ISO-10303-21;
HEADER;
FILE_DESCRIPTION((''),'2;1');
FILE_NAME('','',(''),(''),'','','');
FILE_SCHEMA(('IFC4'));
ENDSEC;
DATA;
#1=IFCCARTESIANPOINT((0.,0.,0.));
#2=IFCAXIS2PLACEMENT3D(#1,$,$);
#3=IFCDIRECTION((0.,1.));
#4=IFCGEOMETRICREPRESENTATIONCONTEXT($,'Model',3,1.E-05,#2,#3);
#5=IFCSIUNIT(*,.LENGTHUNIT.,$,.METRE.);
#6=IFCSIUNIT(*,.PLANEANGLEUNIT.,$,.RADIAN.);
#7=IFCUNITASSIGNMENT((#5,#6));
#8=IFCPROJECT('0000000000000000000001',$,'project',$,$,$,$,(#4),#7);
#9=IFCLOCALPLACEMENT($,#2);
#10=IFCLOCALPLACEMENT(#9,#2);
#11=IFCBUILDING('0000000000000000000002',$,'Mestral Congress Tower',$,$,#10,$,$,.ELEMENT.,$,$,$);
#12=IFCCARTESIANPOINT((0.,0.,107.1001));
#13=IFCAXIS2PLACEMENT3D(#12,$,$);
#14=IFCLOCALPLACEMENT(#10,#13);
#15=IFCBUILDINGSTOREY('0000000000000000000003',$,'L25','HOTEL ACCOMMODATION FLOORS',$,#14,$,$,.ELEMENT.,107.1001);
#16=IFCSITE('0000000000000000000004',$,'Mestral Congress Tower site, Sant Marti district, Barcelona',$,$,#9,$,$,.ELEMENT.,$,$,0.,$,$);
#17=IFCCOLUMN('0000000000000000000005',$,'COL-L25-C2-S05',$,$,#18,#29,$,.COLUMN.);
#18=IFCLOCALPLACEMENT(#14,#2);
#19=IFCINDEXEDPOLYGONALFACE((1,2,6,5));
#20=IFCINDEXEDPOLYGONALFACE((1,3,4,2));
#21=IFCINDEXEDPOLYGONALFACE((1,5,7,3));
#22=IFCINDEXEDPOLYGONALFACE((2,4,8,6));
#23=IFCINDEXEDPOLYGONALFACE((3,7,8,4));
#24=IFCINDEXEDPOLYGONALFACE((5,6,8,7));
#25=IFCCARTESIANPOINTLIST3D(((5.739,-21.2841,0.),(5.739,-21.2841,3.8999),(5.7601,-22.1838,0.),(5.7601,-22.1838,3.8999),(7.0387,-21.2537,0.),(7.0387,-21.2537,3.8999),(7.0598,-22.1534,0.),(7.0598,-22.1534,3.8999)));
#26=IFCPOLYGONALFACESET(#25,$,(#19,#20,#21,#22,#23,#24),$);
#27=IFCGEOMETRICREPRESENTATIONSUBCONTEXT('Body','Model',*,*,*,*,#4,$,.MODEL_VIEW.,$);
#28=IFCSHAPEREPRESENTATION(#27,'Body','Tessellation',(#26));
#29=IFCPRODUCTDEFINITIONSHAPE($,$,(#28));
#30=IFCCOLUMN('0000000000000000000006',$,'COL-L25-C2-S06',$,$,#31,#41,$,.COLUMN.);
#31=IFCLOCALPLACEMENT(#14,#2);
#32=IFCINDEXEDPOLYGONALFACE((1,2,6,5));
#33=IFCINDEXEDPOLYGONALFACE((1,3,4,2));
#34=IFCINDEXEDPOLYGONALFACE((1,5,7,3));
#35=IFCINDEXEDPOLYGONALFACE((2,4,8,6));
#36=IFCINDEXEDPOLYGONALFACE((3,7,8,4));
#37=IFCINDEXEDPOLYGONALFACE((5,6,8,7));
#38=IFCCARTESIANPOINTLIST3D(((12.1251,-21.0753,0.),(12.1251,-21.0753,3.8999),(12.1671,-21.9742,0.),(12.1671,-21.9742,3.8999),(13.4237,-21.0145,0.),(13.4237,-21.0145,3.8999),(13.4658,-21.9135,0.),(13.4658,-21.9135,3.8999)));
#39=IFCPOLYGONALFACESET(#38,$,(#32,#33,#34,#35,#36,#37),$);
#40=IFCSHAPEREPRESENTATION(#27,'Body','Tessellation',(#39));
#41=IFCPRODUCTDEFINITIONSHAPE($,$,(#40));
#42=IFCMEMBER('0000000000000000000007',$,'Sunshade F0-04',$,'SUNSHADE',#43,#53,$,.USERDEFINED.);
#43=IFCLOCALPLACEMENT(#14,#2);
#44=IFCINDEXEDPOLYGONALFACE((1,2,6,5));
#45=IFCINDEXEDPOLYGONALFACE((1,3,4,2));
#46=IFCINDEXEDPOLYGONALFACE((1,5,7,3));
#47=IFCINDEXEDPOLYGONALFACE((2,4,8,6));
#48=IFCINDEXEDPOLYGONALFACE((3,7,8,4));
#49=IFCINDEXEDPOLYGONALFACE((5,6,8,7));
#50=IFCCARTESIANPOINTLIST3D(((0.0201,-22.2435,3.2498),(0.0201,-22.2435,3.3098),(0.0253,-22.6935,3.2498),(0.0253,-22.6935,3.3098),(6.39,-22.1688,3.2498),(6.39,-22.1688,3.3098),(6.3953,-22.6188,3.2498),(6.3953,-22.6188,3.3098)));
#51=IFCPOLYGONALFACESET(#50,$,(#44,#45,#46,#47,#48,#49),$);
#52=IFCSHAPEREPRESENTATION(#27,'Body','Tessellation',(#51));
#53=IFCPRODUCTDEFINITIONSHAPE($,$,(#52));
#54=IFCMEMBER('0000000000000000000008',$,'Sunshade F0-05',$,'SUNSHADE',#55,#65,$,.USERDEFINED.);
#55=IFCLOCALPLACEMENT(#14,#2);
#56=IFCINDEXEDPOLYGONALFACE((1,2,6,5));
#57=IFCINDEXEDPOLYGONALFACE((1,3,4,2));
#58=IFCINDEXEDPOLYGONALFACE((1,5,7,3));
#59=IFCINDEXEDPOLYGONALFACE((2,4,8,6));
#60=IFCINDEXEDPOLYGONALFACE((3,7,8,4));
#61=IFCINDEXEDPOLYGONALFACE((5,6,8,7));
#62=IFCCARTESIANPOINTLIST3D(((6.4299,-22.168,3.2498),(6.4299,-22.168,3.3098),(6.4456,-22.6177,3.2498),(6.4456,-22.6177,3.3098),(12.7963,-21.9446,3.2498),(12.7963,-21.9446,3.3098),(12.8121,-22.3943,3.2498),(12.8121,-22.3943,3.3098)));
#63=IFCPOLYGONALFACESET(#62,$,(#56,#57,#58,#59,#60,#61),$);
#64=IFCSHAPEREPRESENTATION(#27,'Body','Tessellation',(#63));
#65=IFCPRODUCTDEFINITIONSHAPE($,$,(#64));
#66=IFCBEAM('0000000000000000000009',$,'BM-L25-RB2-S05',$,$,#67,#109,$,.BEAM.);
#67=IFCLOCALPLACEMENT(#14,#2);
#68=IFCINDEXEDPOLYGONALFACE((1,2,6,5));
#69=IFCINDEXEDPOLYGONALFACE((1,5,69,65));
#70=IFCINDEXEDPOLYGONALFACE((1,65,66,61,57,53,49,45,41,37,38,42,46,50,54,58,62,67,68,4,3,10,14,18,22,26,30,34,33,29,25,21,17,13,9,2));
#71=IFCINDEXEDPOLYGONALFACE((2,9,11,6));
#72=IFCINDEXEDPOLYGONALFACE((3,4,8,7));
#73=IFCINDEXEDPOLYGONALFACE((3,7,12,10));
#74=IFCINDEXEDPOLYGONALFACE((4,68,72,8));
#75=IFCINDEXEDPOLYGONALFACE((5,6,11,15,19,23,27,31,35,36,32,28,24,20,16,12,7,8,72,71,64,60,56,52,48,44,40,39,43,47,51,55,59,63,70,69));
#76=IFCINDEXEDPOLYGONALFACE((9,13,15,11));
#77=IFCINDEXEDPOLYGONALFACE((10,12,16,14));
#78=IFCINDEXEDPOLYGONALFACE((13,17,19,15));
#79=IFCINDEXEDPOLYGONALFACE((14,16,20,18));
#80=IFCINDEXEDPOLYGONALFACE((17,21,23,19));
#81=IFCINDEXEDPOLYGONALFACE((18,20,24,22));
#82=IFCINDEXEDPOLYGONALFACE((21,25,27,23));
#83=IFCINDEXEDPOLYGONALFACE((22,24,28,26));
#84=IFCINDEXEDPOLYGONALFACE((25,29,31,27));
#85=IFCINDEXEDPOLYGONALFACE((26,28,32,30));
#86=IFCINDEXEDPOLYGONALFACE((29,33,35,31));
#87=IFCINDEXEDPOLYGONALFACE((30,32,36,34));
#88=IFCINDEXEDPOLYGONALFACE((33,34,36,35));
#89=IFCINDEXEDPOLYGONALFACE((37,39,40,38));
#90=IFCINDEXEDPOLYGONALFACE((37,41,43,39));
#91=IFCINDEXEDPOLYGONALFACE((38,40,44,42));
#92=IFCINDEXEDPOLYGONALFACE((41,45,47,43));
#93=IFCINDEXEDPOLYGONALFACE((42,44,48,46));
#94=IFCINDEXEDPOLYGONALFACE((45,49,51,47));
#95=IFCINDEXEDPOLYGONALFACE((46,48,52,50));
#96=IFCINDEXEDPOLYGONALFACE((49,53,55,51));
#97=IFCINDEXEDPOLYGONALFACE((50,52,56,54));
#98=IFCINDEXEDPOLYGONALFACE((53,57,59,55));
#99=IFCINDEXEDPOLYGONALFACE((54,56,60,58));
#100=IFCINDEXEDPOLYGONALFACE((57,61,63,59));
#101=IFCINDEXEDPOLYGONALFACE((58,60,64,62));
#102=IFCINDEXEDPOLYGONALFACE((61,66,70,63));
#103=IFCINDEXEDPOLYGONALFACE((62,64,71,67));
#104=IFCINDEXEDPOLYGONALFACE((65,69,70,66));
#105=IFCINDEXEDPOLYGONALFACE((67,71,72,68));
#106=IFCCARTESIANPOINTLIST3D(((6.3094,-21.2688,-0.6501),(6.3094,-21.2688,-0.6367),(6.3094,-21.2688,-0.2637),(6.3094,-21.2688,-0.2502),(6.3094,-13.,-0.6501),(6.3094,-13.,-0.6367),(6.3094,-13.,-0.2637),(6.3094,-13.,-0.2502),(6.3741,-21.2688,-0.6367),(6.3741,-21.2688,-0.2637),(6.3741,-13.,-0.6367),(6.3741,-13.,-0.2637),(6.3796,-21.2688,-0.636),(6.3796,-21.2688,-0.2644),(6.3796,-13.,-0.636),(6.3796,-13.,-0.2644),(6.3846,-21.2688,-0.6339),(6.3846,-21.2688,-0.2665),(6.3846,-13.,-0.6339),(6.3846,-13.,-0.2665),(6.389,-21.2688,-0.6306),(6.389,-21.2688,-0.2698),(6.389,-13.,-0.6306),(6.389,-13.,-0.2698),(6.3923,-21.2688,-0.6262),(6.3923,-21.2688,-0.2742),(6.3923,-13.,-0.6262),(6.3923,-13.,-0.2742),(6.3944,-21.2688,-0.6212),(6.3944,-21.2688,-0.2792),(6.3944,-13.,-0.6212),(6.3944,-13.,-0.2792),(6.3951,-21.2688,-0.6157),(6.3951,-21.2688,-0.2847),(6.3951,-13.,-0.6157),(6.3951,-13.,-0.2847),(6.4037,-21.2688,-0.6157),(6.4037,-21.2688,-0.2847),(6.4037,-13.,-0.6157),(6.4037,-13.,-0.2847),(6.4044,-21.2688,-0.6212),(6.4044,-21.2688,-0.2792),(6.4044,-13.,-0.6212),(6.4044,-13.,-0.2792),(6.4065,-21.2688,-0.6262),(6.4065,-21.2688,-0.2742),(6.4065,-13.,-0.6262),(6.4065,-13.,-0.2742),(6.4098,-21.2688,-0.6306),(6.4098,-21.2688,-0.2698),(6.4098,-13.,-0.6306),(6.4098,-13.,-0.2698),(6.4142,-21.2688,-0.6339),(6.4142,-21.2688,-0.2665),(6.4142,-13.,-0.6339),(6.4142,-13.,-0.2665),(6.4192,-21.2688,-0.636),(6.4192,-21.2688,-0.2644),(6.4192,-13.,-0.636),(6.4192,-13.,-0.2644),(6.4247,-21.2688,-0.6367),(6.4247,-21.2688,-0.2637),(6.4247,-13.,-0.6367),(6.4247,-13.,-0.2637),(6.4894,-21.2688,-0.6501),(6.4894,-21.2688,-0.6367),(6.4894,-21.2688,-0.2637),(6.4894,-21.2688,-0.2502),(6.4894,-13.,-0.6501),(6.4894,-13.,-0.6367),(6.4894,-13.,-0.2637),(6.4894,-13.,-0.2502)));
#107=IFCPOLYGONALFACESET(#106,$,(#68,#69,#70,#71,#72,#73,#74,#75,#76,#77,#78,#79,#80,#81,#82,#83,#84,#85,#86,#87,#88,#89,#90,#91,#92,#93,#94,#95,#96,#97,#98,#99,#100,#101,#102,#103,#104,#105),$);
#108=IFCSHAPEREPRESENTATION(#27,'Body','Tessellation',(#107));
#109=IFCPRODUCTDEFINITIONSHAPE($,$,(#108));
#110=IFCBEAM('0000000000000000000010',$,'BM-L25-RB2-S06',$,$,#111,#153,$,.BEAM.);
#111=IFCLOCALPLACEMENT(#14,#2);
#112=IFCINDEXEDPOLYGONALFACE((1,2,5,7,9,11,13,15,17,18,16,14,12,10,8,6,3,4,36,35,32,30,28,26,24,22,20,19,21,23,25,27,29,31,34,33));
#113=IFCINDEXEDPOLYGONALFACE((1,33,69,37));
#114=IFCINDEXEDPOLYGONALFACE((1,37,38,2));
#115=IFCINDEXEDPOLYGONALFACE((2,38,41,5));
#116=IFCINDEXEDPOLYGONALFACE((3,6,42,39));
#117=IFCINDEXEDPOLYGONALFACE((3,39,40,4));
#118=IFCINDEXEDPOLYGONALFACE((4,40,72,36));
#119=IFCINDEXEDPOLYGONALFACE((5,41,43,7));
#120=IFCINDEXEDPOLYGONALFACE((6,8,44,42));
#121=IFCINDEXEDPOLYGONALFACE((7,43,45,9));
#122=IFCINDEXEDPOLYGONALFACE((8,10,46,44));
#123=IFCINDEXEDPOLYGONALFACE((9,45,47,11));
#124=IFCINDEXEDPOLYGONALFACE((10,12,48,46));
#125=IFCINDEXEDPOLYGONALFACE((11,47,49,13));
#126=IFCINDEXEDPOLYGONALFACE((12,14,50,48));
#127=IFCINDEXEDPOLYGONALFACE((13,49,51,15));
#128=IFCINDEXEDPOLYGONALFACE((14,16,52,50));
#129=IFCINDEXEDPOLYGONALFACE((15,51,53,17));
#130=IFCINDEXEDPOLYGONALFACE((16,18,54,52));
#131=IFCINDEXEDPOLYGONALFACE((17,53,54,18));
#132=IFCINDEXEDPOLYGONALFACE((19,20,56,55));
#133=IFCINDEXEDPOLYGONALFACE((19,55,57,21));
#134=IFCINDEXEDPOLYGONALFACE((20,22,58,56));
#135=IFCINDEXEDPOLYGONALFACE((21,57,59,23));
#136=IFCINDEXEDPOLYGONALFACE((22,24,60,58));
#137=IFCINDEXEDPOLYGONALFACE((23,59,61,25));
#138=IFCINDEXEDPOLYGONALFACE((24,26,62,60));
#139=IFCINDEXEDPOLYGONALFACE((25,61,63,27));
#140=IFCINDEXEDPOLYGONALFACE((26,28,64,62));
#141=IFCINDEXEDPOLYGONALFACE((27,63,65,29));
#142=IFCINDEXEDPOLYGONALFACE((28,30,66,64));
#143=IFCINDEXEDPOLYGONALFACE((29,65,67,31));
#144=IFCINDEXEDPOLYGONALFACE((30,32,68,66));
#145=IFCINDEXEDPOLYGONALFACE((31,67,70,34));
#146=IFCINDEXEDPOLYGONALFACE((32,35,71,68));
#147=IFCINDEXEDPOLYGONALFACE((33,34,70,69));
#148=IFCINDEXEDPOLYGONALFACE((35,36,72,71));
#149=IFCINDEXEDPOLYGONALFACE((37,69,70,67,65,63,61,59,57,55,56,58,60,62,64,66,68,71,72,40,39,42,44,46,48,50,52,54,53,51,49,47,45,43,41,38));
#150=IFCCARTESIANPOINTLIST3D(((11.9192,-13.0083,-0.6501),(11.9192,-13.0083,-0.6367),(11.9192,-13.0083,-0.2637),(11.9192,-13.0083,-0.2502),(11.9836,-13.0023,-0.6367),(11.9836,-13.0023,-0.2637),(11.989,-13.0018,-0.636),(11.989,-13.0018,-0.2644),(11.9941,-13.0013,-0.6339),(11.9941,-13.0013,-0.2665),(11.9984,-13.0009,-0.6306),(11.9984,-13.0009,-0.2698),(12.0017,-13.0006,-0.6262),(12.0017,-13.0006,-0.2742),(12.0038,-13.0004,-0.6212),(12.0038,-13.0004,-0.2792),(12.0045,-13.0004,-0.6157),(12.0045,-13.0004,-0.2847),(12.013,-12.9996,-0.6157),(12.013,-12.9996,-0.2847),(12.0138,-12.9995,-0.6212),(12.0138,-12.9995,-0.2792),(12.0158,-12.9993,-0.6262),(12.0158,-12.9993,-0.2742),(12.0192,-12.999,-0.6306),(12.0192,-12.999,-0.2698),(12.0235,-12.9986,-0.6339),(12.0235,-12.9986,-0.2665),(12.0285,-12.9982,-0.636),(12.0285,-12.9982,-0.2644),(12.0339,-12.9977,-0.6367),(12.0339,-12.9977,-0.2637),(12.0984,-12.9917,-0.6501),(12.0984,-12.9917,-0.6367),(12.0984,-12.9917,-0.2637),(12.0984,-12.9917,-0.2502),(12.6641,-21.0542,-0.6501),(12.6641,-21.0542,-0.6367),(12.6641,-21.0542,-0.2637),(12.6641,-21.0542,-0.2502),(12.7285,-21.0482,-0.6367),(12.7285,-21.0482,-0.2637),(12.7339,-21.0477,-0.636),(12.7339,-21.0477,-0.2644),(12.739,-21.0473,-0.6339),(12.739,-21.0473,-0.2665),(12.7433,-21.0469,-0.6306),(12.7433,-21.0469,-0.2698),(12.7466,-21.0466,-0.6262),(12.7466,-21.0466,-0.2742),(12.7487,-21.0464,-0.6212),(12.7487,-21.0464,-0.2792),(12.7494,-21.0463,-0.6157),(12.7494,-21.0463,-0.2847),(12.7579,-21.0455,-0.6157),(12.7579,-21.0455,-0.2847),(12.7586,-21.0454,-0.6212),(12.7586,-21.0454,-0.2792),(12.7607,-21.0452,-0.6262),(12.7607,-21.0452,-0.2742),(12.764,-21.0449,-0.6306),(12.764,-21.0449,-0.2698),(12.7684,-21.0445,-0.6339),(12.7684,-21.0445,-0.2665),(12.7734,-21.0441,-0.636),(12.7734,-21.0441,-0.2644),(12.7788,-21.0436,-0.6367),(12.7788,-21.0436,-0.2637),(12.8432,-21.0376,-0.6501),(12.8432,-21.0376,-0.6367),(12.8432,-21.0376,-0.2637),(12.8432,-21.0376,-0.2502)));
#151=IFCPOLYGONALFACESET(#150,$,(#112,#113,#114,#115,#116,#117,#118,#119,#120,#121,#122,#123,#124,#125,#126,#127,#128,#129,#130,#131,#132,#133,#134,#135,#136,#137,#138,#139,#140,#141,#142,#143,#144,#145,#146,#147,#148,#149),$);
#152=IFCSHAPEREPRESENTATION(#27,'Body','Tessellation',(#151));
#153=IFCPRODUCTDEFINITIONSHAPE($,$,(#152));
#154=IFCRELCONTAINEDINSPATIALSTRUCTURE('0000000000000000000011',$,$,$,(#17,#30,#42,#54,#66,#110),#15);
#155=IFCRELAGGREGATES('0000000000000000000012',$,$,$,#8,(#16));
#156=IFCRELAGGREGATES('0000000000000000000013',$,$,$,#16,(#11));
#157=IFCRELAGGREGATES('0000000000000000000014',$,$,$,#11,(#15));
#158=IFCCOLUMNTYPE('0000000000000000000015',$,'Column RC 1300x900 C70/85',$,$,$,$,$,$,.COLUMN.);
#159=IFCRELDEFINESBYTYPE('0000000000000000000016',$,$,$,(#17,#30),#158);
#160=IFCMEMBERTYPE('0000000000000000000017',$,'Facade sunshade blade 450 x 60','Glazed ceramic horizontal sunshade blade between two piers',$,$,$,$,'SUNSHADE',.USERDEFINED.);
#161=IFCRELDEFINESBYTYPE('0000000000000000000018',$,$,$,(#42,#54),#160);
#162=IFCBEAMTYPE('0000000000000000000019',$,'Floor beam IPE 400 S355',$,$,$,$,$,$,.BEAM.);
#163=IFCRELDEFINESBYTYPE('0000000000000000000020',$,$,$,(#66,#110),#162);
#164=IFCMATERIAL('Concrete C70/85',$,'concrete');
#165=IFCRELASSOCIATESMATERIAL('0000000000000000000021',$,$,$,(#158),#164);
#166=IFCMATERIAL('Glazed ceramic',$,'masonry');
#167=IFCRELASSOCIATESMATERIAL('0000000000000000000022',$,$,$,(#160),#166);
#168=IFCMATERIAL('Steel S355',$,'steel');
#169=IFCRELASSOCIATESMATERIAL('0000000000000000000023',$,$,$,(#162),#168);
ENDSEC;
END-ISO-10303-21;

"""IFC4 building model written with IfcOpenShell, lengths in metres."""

from ifc_helpers import new_model, si_unit, direction, frame, origin, origin_2d, place, context, subcontext, project, spatial, rectangle, i_section, extrude, material, material_profile, profile_set, type_object, element, save


model = new_model("IFC4")

# Units and contexts
model_context = context("Model", 3, precision=1e-05, world=origin(), true_north=direction((0.0, 1.0)))
body_context = subcontext(model_context, "Body", "Model", "MODEL_VIEW")
ifc_project = project(units=[si_unit("LENGTHUNIT", "METRE"), si_unit("PLANEANGLEUNIT", "RADIAN")], contexts=[model_context])

# Site, building, storey
site_placement = place(None, origin())
site = spatial("IfcSite", under=ifc_project, at=site_placement, Name="Mestral Congress Tower site, Sant Marti district, Barcelona", CompositionType="ELEMENT", RefElevation=0.0)
building_placement = place(site_placement, origin())
building = spatial("IfcBuilding", under=site, at=building_placement, Name="Mestral Congress Tower", CompositionType="ELEMENT")
storey_placement = place(building_placement, frame((0.0, 0.0, 107.1001)))
storey = spatial("IfcBuildingStorey", under=building, at=storey_placement, Name="L25", Description="HOTEL ACCOMMODATION FLOORS", CompositionType="ELEMENT", Elevation=107.1001)

# Columns
ifc_material_1 = material(Name="Concrete C70/85", Category="concrete")
ifc_material_profile_1 = material_profile(ifc_material_1, rectangle(XDim=1.3, YDim=0.8999, at=origin_2d()), Name="RC 1300x900")
ifc_profile_set_1 = profile_set([ifc_material_profile_1], Name="Concrete C70/85")
column_type = type_object("IfcColumnType", Name="Column RC 1300x900 C70/85", PredefinedType="COLUMN", material=ifc_profile_set_1)
for number, where, z_axis, x_axis, name in (
    (1, (6.3994, -21.7188, 0.0), (0.0, 0.0, 1.0), (0.999727, 0.023384, 0.0), "COL-L25-C2-S05"),
    (2, (12.7954, -21.4944, 0.0), (0.0, 0.0, 1.0), (0.998906, 0.046756, 0.0), "COL-L25-C2-S06"),
):
    element("IfcColumn", number, at=place(storey_placement, frame(where, z_axis=z_axis, x_axis=x_axis)), inside=storey, type_object=column_type, Name=name, PredefinedType="COLUMN", context=body_context, shape_type="SweptSolid", body=[
        extrude(rectangle(XDim=1.3, YDim=0.8999, at=origin_2d()), origin(), (0.0, 0.0, 1.0), 3.8999),
    ])

# Members
ifc_material_2 = material(Name="Glazed ceramic", Category="masonry")
ifc_material_profile_2 = material_profile(ifc_material_2, rectangle(XDim=0.45, YDim=0.0601, at=origin_2d()), Name="Ceramic blade 450 x 60")
ifc_profile_set_2 = profile_set([ifc_material_profile_2], Name="Glazed ceramic")
member_type = type_object("IfcMemberType", Name="Facade sunshade blade 450 x 60", Description="Glazed ceramic horizontal sunshade blade between two piers", ElementType="SUNSHADE", PredefinedType="USERDEFINED", material=ifc_profile_set_2)
for number, where, z_axis, x_axis, name in (
    (3, (0.0227, -22.4685, 3.2798), (0.999931, 0.011727, 0.0), (-0.011727, 0.999931, 0.0), "Sunshade F0-04"),
    (4, (6.4377, -22.3928, 3.2798), (0.999385, 0.035067, 0.0), (-0.035067, 0.999385, 0.0), "Sunshade F0-05"),
):
    element("IfcMember", number, at=place(storey_placement, frame(where, z_axis=z_axis, x_axis=x_axis)), inside=storey, type_object=member_type, Name=name, ObjectType="SUNSHADE", PredefinedType="USERDEFINED", context=body_context, shape_type="SweptSolid", body=[
        extrude(rectangle(XDim=0.45, YDim=0.0601, at=origin_2d()), origin(), (0.0, 0.0, 1.0), 6.3704),
    ])

# Beams
ifc_material_3 = material(Name="Steel S355", Category="steel")
ifc_material_profile_3 = material_profile(ifc_material_3, i_section(OverallWidth=0.1799, OverallDepth=0.3999, WebThickness=0.0085, FlangeThickness=0.0134, FilletRadius=0.021, at=origin_2d()), Name="IPE 400")
ifc_profile_set_3 = profile_set([ifc_material_profile_3], Name="Steel S355")
beam_type_1 = type_object("IfcBeamType", Name="Floor beam IPE 400 S355", PredefinedType="BEAM", material=ifc_profile_set_3)
beam_1_placement = place(storey_placement, frame((6.3994, -21.2688, -0.4502), z_axis=(0.0, 1.0, 0.0), x_axis=(-1.0, 0.0, 0.0)))
element("IfcBeam", 5, at=beam_1_placement, inside=storey, type_object=beam_type_1, Name="BM-L25-RB2-S05", PredefinedType="BEAM", context=body_context, shape_type="SweptSolid", body=[
    extrude(i_section(OverallWidth=0.1799, OverallDepth=0.3999, WebThickness=0.0085, FlangeThickness=0.0134, FilletRadius=0.021, at=origin_2d()), origin(), (0.0, 0.0, 1.0), 8.2688),
])
beam_2_placement = place(storey_placement, frame((12.7537, -21.0459, -0.4502), z_axis=(-0.092184, 0.995742, 0.0), x_axis=(-0.995742, -0.092184, 0.0)))
element("IfcBeam", 6, at=beam_2_placement, inside=storey, type_object=beam_type_1, Name="BM-L25-RB2-S06", PredefinedType="BEAM", context=body_context, shape_type="SweptSolid", body=[
    extrude(i_section(OverallWidth=0.1799, OverallDepth=0.3999, WebThickness=0.0085, FlangeThickness=0.0134, FilletRadius=0.021, at=origin_2d()), origin(), (0.0, 0.0, 1.0), 8.0803),
])

save(model, "model.ifc")
